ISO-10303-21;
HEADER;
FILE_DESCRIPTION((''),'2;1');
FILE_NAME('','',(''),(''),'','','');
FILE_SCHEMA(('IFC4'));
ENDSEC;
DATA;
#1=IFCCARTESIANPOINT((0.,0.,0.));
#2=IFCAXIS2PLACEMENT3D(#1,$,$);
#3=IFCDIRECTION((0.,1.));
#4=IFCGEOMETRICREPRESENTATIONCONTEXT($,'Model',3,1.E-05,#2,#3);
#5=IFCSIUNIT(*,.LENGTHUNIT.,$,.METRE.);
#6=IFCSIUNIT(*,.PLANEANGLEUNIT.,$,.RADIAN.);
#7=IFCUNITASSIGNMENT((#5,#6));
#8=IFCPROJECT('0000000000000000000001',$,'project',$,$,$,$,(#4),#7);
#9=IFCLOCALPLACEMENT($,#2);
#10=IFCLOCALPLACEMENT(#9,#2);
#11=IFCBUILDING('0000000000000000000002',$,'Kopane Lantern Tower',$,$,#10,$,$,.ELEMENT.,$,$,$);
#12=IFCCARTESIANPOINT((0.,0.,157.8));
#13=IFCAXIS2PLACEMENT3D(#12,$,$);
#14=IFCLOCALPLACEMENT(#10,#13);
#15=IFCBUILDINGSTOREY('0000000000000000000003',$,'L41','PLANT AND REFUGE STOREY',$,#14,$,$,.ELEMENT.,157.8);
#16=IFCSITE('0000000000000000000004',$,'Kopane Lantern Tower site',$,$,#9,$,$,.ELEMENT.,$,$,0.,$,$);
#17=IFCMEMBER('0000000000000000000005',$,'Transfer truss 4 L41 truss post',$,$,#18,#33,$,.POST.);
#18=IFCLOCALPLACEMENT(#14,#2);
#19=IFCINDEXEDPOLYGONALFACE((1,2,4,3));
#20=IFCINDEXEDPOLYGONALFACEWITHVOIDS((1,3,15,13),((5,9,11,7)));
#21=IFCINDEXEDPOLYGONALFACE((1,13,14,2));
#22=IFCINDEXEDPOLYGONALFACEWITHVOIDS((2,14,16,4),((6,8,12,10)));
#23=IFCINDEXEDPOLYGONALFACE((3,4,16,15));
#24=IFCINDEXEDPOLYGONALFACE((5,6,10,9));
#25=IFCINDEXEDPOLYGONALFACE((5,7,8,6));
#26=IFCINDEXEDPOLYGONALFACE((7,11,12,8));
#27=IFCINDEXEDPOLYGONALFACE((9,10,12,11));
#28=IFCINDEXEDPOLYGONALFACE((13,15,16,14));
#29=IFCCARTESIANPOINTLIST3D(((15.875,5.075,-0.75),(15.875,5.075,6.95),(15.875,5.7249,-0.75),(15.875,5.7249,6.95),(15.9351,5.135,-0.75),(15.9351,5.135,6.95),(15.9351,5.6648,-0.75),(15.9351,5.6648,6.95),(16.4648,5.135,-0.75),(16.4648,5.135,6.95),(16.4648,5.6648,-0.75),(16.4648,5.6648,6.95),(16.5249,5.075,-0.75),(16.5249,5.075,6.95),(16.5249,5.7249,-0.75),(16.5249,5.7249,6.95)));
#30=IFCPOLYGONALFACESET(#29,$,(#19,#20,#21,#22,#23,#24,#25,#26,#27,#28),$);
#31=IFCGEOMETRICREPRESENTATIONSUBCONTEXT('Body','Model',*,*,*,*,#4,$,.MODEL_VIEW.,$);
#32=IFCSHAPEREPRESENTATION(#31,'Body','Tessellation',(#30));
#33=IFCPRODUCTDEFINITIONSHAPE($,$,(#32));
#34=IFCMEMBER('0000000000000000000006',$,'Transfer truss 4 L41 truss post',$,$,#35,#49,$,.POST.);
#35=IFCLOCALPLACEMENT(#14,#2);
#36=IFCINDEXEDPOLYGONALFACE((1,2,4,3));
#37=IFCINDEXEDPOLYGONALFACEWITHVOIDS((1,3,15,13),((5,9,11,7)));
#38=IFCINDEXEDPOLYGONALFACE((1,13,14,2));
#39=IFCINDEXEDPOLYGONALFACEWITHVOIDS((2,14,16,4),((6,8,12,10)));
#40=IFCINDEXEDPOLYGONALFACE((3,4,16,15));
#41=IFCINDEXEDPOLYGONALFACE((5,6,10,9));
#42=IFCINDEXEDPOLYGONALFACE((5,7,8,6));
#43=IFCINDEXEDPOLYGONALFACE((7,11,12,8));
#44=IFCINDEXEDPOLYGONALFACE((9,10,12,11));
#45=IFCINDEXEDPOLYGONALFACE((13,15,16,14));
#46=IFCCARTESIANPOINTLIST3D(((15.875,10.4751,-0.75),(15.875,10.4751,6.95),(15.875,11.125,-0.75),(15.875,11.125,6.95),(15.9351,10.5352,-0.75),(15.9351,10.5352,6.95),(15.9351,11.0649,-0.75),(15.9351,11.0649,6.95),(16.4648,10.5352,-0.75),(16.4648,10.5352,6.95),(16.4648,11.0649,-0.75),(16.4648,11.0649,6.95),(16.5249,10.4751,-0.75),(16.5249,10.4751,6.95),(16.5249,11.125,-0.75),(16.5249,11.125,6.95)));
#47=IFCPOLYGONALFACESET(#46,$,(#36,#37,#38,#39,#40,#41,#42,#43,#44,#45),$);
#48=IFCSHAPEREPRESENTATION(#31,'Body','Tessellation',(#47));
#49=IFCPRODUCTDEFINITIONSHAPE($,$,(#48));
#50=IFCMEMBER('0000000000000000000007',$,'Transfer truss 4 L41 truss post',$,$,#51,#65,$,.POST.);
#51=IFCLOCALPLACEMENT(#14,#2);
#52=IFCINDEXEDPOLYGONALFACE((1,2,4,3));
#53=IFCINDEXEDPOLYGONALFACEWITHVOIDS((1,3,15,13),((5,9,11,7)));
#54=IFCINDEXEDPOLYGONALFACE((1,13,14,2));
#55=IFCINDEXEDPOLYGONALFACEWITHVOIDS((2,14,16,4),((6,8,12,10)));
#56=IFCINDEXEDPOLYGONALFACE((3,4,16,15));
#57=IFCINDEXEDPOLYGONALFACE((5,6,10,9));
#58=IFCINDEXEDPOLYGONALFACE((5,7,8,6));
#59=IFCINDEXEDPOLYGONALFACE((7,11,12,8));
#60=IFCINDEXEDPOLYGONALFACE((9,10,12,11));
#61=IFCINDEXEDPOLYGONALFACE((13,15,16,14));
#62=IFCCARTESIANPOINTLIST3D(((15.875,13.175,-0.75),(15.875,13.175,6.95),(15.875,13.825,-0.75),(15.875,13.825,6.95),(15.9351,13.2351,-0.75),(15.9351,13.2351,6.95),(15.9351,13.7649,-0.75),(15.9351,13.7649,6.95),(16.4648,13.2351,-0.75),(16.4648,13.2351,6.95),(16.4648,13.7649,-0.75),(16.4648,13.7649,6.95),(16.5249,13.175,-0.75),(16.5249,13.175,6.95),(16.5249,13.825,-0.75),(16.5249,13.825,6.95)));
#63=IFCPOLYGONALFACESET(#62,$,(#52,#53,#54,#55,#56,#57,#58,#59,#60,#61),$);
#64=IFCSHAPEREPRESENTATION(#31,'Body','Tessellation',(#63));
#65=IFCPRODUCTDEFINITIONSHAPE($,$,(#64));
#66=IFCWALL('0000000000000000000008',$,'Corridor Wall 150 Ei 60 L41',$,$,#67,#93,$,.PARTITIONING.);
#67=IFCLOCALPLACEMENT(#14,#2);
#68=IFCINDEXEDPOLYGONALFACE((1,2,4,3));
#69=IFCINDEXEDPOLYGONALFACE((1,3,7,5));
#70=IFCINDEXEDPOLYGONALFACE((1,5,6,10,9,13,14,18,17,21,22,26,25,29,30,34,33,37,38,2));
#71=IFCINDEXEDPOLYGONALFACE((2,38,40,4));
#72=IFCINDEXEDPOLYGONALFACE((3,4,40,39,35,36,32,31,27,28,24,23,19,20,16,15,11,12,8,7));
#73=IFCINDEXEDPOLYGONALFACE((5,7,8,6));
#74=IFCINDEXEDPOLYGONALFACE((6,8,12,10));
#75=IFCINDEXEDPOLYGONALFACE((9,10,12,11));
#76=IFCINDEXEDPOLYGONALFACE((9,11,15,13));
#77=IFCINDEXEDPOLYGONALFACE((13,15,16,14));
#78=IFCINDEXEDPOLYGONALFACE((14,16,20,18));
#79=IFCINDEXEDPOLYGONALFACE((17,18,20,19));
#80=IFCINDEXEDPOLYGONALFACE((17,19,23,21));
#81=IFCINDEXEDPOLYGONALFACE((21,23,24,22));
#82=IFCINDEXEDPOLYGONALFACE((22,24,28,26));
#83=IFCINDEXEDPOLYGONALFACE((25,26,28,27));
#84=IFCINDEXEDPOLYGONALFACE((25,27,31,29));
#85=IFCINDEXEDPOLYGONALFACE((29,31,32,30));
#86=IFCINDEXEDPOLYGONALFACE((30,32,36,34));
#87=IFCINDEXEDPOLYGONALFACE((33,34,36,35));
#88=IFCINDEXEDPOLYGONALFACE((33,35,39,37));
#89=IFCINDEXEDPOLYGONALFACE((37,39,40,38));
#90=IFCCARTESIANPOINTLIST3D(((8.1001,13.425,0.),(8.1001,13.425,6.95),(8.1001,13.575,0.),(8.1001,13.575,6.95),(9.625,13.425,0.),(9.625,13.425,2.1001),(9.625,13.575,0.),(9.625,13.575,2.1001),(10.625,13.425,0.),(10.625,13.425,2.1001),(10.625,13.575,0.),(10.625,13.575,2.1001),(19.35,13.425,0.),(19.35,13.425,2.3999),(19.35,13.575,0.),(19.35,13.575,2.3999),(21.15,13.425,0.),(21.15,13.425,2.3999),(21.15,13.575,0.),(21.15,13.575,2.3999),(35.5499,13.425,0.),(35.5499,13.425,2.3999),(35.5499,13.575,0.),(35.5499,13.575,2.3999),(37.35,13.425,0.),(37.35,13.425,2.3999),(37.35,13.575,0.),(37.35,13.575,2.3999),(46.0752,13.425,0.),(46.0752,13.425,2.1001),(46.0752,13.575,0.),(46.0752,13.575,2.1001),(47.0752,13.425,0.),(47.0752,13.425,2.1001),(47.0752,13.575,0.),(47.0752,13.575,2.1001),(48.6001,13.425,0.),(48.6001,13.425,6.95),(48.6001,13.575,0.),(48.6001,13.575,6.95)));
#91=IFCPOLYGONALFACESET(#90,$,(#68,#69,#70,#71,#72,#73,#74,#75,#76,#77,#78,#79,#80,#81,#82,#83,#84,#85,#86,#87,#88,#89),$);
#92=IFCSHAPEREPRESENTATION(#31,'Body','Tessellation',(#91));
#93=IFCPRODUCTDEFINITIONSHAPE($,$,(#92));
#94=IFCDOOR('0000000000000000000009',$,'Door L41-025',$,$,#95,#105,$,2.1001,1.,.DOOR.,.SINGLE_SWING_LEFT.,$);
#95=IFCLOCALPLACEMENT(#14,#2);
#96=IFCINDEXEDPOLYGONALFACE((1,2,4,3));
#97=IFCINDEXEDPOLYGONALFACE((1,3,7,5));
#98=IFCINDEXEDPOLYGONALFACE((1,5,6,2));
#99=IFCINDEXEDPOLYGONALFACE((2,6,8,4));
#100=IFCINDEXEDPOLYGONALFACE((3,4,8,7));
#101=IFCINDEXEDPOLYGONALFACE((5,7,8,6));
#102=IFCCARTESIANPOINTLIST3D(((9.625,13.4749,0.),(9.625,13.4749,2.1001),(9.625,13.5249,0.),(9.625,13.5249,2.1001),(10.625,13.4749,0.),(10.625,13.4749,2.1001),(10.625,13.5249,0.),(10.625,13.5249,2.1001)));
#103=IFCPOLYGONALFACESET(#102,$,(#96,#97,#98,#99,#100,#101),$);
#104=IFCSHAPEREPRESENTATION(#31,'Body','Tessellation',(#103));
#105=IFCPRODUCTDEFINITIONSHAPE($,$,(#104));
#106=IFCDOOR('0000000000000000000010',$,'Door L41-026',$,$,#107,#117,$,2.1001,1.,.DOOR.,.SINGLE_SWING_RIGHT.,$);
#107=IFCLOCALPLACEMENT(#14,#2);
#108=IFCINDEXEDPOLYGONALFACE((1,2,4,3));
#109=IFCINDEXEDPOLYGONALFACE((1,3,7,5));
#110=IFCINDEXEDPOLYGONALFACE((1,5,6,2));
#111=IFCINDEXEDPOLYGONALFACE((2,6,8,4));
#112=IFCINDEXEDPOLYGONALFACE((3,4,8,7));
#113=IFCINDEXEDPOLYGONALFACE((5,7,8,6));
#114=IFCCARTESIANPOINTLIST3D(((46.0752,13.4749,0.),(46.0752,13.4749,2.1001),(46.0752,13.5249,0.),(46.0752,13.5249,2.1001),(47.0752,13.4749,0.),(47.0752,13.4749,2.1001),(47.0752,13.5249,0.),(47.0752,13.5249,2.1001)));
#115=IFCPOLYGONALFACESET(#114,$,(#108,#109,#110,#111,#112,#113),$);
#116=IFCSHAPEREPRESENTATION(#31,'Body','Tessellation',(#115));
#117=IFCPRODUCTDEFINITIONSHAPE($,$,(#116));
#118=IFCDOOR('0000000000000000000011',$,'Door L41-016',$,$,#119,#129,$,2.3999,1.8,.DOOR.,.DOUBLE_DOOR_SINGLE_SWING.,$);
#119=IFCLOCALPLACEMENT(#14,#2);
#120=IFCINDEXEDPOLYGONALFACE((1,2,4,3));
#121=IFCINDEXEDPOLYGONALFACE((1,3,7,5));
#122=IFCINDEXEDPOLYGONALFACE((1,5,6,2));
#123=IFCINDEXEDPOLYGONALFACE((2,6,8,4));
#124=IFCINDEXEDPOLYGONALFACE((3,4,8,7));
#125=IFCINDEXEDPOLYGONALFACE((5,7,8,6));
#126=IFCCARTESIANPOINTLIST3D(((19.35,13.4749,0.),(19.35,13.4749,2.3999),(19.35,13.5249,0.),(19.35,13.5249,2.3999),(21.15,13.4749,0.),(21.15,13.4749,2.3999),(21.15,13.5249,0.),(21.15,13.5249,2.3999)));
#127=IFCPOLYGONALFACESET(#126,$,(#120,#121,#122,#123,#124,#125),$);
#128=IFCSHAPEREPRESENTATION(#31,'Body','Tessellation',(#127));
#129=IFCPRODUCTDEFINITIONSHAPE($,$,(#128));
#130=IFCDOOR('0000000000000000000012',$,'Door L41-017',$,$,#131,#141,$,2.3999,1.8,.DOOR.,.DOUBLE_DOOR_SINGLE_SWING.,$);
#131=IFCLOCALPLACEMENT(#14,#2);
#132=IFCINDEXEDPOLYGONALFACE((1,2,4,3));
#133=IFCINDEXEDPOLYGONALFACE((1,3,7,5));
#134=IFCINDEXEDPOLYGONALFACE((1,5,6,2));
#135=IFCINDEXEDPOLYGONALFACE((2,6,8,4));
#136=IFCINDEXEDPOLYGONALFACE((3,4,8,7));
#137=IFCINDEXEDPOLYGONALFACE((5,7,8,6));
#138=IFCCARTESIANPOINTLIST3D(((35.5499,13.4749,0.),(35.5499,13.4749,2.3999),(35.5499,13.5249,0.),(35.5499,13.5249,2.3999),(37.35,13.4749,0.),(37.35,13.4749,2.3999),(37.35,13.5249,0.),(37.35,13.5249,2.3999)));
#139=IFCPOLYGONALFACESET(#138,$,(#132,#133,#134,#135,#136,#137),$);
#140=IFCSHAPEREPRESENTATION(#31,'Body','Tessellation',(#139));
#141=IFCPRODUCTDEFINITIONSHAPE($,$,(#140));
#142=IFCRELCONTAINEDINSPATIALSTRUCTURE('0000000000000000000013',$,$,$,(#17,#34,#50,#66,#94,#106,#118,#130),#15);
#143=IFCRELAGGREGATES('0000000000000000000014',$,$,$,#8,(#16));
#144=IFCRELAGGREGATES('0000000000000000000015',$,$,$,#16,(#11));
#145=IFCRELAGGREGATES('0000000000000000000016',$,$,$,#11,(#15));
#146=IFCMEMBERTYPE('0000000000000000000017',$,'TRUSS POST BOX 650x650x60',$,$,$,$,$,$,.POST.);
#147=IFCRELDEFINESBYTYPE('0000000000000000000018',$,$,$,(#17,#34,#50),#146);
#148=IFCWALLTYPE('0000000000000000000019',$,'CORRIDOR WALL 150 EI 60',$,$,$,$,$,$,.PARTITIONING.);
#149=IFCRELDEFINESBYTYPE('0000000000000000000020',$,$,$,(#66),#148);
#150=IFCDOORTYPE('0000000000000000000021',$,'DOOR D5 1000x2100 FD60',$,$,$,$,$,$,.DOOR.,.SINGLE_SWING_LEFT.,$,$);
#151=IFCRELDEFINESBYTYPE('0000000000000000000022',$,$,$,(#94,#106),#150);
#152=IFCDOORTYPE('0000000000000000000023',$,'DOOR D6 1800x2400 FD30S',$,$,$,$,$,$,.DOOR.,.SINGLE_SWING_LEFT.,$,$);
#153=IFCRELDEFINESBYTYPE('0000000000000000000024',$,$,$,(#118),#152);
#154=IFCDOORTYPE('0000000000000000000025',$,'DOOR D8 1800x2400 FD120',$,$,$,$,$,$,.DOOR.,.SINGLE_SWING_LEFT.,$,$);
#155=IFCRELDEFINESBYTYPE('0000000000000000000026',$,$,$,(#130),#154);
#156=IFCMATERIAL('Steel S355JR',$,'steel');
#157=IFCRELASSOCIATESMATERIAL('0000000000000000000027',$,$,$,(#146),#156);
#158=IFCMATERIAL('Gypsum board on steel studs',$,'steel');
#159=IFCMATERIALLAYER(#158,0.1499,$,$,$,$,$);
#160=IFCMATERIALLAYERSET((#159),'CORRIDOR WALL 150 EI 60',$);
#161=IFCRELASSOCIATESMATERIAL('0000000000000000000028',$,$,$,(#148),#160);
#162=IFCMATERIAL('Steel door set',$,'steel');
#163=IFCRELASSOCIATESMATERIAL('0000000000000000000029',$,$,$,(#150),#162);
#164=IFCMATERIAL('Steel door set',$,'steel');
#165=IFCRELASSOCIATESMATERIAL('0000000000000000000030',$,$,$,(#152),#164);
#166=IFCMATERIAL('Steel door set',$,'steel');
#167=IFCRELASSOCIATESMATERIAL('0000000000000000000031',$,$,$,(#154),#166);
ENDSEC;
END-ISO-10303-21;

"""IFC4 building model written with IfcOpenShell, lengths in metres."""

from ifc_helpers import new_model, si_unit, direction, frame, frame_2d, origin, origin_2d, place, context, subcontext, project, spatial, rectangle, hollow_rectangle, extrude, material, layer, layer_set, material_profile, profile_set, type_object, element, fill, save


model = new_model("IFC4")

# Units and contexts
model_context = context("Model", 3, precision=1e-05, world=origin(), true_north=direction((0.0, 1.0)))
body_context = subcontext(model_context, "Body", "Model", "MODEL_VIEW")
ifc_project = project(units=[si_unit("LENGTHUNIT", "METRE"), si_unit("PLANEANGLEUNIT", "RADIAN")], contexts=[model_context])

# Site, building, storey
site_placement = place(None, origin())
site = spatial("IfcSite", under=ifc_project, at=site_placement, Name="Kopane Lantern Tower site", CompositionType="ELEMENT", RefElevation=0.0)
building_placement = place(site_placement, origin())
building = spatial("IfcBuilding", under=site, at=building_placement, Name="Kopane Lantern Tower", CompositionType="ELEMENT")
storey_placement = place(building_placement, frame((0.0, 0.0, 157.8)))
storey = spatial("IfcBuildingStorey", under=building, at=storey_placement, Name="L41", Description="PLANT AND REFUGE STOREY", CompositionType="ELEMENT", Elevation=157.8)

# Members
ifc_material_1 = material(Name="Steel S355JR", Category="steel")
ifc_material_profile_1 = material_profile(ifc_material_1, hollow_rectangle(XDim=0.6499, YDim=0.6499, WallThickness=0.0601, at=origin_2d()), Name="BOX 650x650x60")
ifc_profile_set_1 = profile_set([ifc_material_profile_1], Name="Steel S355JR")
member_type_1 = type_object("IfcMemberType", Name="TRUSS POST BOX 650x650x60", PredefinedType="POST", material=ifc_profile_set_1)
for number, where, z_axis, x_axis, name in (
    (1, (16.2, 5.3999, -0.75), (0.0, 0.0, 1.0), (1.0, 0.0, 0.0), "Transfer truss 4 L41 truss post"),
    (2, (16.2, 10.8, -0.75), (0.0, 0.0, 1.0), (1.0, 0.0, 0.0), "Transfer truss 4 L41 truss post"),
    (3, (16.2, 13.5, -0.75), (0.0, 0.0, 1.0), (1.0, 0.0, 0.0), "Transfer truss 4 L41 truss post"),
):
    element("IfcMember", number, at=place(storey_placement, frame(where, z_axis=z_axis, x_axis=x_axis)), inside=storey, type_object=member_type_1, Name=name, PredefinedType="POST", context=body_context, shape_type="SweptSolid", body=[
        extrude(hollow_rectangle(XDim=0.6499, YDim=0.6499, WallThickness=0.0601, at=origin_2d()), origin(), (0.0, 0.0, 1.0), 7.7),
    ])

# Wall, openings, doors
ifc_material_2 = material(Name="Gypsum board on steel studs", Category="steel")
ifc_layer_1 = layer(ifc_material_2, 0.1499)
ifc_layer_set_1 = layer_set([ifc_layer_1], Name="CORRIDOR WALL 150 EI 60")
wall_type_1 = type_object("IfcWallType", Name="CORRIDOR WALL 150 EI 60", PredefinedType="PARTITIONING", material=ifc_layer_set_1)
wall_1_placement = place(storey_placement, frame((8.1001, 13.5, 0.0), z_axis=(0.0, 0.0, 1.0), x_axis=(1.0, 0.0, 0.0)))
wall_1 = element("IfcWall", 4, at=wall_1_placement, inside=storey, type_object=wall_type_1, Name="Corridor Wall 150 Ei 60 L41", PredefinedType="PARTITIONING", context=body_context, shape_type="SweptSolid", body=[
    extrude(rectangle(XDim=40.5, YDim=0.1499, at=frame_2d((20.25, 0.0))), origin(), (0.0, 0.0, 1.0), 6.95),
])
opening_1_placement = place(wall_1_placement, frame((11.25, 0.0, 0.0)))
opening_1 = element("IfcOpeningElement", 5, at=opening_1_placement, cuts=wall_1, PredefinedType="OPENING", context=body_context, shape_type="SweptSolid", body=[
    extrude(rectangle(XDim=1.8, YDim=2.3999, at=frame_2d((0.8999, 1.2))), frame((0.0, 0.085, 0.0), z_axis=(0.0, -1.0, 0.0), x_axis=(1.0, 0.0, 0.0)), (0.0, 0.0, 1.0), 0.1699),
])
opening_2_placement = place(wall_1_placement, frame((27.45, 0.0, 0.0)))
opening_2 = element("IfcOpeningElement", 6, at=opening_2_placement, cuts=wall_1, PredefinedType="OPENING", context=body_context, shape_type="SweptSolid", body=[
    extrude(rectangle(XDim=1.8, YDim=2.3999, at=frame_2d((0.8999, 1.2))), frame((0.0, 0.085, 0.0), z_axis=(0.0, -1.0, 0.0), x_axis=(1.0, 0.0, 0.0)), (0.0, 0.0, 1.0), 0.1699),
])
opening_3_placement = place(wall_1_placement, frame((1.5249, 0.0, 0.0)))
opening_3 = element("IfcOpeningElement", 7, at=opening_3_placement, cuts=wall_1, PredefinedType="OPENING", context=body_context, shape_type="SweptSolid", body=[
    extrude(rectangle(XDim=1.0, YDim=2.1001, at=frame_2d((0.5, 1.05))), frame((0.0, 0.085, 0.0), z_axis=(0.0, -1.0, 0.0), x_axis=(1.0, 0.0, 0.0)), (0.0, 0.0, 1.0), 0.1699),
])
opening_4_placement = place(wall_1_placement, frame((37.9751, 0.0, 0.0)))
opening_4 = element("IfcOpeningElement", 8, at=opening_4_placement, cuts=wall_1, PredefinedType="OPENING", context=body_context, shape_type="SweptSolid", body=[
    extrude(rectangle(XDim=1.0, YDim=2.1001, at=frame_2d((0.5, 1.05))), frame((0.0, 0.085, 0.0), z_axis=(0.0, -1.0, 0.0), x_axis=(1.0, 0.0, 0.0)), (0.0, 0.0, 1.0), 0.1699),
])
ifc_material_3 = material(Name="Steel door set", Category="steel")
door_type_1 = type_object("IfcDoorType", Name="DOOR D5 1000x2100 FD60", OperationType="SINGLE_SWING_LEFT", PredefinedType="DOOR", material=ifc_material_3)
door_1_placement = place(opening_3_placement, origin())
door_1 = element("IfcDoor", 9, at=door_1_placement, inside=storey, type_object=door_type_1, Name="Door L41-025", OperationType="SINGLE_SWING_LEFT", OverallHeight=2.1001, OverallWidth=1.0, PredefinedType="DOOR", context=body_context, shape_type="SweptSolid", body=[
    extrude(rectangle(XDim=1.0, YDim=2.1001, at=frame_2d((0.5, 1.05))), frame((0.0, 0.0249, 0.0), z_axis=(0.0, -1.0, 0.0), x_axis=(1.0, 0.0, 0.0)), (0.0, 0.0, 1.0), 0.05),
])
fill(opening_3, door_1)
door_2_placement = place(opening_4_placement, origin())
door_2 = element("IfcDoor", 10, at=door_2_placement, inside=storey, type_object=door_type_1, Name="Door L41-026", OperationType="SINGLE_SWING_RIGHT", OverallHeight=2.1001, OverallWidth=1.0, PredefinedType="DOOR", context=body_context, shape_type="SweptSolid", body=[
    extrude(rectangle(XDim=1.0, YDim=2.1001, at=frame_2d((0.5, 1.05))), frame((0.0, 0.0249, 0.0), z_axis=(0.0, -1.0, 0.0), x_axis=(1.0, 0.0, 0.0)), (0.0, 0.0, 1.0), 0.05),
])
fill(opening_4, door_2)
ifc_material_4 = material(Name="Steel door set", Category="steel")
door_type_2 = type_object("IfcDoorType", Name="DOOR D6 1800x2400 FD30S", OperationType="SINGLE_SWING_LEFT", PredefinedType="DOOR", material=ifc_material_4)
door_3_placement = place(opening_1_placement, origin())
door_3 = element("IfcDoor", 11, at=door_3_placement, inside=storey, type_object=door_type_2, Name="Door L41-016", OperationType="DOUBLE_DOOR_SINGLE_SWING", OverallHeight=2.3999, OverallWidth=1.8, PredefinedType="DOOR", context=body_context, shape_type="SweptSolid", body=[
    extrude(rectangle(XDim=1.8, YDim=2.3999, at=frame_2d((0.8999, 1.2))), frame((0.0, 0.0249, 0.0), z_axis=(0.0, -1.0, 0.0), x_axis=(1.0, 0.0, 0.0)), (0.0, 0.0, 1.0), 0.05),
])
fill(opening_1, door_3)
ifc_material_5 = material(Name="Steel door set", Category="steel")
door_type_3 = type_object("IfcDoorType", Name="DOOR D8 1800x2400 FD120", OperationType="SINGLE_SWING_LEFT", PredefinedType="DOOR", material=ifc_material_5)
door_4_placement = place(opening_2_placement, origin())
door_4 = element("IfcDoor", 12, at=door_4_placement, inside=storey, type_object=door_type_3, Name="Door L41-017", OperationType="DOUBLE_DOOR_SINGLE_SWING", OverallHeight=2.3999, OverallWidth=1.8, PredefinedType="DOOR", context=body_context, shape_type="SweptSolid", body=[
    extrude(rectangle(XDim=1.8, YDim=2.3999, at=frame_2d((0.8999, 1.2))), frame((0.0, 0.0249, 0.0), z_axis=(0.0, -1.0, 0.0), x_axis=(1.0, 0.0, 0.0)), (0.0, 0.0, 1.0), 0.05),
])
fill(opening_2, door_4)

save(model, "model.ifc")
